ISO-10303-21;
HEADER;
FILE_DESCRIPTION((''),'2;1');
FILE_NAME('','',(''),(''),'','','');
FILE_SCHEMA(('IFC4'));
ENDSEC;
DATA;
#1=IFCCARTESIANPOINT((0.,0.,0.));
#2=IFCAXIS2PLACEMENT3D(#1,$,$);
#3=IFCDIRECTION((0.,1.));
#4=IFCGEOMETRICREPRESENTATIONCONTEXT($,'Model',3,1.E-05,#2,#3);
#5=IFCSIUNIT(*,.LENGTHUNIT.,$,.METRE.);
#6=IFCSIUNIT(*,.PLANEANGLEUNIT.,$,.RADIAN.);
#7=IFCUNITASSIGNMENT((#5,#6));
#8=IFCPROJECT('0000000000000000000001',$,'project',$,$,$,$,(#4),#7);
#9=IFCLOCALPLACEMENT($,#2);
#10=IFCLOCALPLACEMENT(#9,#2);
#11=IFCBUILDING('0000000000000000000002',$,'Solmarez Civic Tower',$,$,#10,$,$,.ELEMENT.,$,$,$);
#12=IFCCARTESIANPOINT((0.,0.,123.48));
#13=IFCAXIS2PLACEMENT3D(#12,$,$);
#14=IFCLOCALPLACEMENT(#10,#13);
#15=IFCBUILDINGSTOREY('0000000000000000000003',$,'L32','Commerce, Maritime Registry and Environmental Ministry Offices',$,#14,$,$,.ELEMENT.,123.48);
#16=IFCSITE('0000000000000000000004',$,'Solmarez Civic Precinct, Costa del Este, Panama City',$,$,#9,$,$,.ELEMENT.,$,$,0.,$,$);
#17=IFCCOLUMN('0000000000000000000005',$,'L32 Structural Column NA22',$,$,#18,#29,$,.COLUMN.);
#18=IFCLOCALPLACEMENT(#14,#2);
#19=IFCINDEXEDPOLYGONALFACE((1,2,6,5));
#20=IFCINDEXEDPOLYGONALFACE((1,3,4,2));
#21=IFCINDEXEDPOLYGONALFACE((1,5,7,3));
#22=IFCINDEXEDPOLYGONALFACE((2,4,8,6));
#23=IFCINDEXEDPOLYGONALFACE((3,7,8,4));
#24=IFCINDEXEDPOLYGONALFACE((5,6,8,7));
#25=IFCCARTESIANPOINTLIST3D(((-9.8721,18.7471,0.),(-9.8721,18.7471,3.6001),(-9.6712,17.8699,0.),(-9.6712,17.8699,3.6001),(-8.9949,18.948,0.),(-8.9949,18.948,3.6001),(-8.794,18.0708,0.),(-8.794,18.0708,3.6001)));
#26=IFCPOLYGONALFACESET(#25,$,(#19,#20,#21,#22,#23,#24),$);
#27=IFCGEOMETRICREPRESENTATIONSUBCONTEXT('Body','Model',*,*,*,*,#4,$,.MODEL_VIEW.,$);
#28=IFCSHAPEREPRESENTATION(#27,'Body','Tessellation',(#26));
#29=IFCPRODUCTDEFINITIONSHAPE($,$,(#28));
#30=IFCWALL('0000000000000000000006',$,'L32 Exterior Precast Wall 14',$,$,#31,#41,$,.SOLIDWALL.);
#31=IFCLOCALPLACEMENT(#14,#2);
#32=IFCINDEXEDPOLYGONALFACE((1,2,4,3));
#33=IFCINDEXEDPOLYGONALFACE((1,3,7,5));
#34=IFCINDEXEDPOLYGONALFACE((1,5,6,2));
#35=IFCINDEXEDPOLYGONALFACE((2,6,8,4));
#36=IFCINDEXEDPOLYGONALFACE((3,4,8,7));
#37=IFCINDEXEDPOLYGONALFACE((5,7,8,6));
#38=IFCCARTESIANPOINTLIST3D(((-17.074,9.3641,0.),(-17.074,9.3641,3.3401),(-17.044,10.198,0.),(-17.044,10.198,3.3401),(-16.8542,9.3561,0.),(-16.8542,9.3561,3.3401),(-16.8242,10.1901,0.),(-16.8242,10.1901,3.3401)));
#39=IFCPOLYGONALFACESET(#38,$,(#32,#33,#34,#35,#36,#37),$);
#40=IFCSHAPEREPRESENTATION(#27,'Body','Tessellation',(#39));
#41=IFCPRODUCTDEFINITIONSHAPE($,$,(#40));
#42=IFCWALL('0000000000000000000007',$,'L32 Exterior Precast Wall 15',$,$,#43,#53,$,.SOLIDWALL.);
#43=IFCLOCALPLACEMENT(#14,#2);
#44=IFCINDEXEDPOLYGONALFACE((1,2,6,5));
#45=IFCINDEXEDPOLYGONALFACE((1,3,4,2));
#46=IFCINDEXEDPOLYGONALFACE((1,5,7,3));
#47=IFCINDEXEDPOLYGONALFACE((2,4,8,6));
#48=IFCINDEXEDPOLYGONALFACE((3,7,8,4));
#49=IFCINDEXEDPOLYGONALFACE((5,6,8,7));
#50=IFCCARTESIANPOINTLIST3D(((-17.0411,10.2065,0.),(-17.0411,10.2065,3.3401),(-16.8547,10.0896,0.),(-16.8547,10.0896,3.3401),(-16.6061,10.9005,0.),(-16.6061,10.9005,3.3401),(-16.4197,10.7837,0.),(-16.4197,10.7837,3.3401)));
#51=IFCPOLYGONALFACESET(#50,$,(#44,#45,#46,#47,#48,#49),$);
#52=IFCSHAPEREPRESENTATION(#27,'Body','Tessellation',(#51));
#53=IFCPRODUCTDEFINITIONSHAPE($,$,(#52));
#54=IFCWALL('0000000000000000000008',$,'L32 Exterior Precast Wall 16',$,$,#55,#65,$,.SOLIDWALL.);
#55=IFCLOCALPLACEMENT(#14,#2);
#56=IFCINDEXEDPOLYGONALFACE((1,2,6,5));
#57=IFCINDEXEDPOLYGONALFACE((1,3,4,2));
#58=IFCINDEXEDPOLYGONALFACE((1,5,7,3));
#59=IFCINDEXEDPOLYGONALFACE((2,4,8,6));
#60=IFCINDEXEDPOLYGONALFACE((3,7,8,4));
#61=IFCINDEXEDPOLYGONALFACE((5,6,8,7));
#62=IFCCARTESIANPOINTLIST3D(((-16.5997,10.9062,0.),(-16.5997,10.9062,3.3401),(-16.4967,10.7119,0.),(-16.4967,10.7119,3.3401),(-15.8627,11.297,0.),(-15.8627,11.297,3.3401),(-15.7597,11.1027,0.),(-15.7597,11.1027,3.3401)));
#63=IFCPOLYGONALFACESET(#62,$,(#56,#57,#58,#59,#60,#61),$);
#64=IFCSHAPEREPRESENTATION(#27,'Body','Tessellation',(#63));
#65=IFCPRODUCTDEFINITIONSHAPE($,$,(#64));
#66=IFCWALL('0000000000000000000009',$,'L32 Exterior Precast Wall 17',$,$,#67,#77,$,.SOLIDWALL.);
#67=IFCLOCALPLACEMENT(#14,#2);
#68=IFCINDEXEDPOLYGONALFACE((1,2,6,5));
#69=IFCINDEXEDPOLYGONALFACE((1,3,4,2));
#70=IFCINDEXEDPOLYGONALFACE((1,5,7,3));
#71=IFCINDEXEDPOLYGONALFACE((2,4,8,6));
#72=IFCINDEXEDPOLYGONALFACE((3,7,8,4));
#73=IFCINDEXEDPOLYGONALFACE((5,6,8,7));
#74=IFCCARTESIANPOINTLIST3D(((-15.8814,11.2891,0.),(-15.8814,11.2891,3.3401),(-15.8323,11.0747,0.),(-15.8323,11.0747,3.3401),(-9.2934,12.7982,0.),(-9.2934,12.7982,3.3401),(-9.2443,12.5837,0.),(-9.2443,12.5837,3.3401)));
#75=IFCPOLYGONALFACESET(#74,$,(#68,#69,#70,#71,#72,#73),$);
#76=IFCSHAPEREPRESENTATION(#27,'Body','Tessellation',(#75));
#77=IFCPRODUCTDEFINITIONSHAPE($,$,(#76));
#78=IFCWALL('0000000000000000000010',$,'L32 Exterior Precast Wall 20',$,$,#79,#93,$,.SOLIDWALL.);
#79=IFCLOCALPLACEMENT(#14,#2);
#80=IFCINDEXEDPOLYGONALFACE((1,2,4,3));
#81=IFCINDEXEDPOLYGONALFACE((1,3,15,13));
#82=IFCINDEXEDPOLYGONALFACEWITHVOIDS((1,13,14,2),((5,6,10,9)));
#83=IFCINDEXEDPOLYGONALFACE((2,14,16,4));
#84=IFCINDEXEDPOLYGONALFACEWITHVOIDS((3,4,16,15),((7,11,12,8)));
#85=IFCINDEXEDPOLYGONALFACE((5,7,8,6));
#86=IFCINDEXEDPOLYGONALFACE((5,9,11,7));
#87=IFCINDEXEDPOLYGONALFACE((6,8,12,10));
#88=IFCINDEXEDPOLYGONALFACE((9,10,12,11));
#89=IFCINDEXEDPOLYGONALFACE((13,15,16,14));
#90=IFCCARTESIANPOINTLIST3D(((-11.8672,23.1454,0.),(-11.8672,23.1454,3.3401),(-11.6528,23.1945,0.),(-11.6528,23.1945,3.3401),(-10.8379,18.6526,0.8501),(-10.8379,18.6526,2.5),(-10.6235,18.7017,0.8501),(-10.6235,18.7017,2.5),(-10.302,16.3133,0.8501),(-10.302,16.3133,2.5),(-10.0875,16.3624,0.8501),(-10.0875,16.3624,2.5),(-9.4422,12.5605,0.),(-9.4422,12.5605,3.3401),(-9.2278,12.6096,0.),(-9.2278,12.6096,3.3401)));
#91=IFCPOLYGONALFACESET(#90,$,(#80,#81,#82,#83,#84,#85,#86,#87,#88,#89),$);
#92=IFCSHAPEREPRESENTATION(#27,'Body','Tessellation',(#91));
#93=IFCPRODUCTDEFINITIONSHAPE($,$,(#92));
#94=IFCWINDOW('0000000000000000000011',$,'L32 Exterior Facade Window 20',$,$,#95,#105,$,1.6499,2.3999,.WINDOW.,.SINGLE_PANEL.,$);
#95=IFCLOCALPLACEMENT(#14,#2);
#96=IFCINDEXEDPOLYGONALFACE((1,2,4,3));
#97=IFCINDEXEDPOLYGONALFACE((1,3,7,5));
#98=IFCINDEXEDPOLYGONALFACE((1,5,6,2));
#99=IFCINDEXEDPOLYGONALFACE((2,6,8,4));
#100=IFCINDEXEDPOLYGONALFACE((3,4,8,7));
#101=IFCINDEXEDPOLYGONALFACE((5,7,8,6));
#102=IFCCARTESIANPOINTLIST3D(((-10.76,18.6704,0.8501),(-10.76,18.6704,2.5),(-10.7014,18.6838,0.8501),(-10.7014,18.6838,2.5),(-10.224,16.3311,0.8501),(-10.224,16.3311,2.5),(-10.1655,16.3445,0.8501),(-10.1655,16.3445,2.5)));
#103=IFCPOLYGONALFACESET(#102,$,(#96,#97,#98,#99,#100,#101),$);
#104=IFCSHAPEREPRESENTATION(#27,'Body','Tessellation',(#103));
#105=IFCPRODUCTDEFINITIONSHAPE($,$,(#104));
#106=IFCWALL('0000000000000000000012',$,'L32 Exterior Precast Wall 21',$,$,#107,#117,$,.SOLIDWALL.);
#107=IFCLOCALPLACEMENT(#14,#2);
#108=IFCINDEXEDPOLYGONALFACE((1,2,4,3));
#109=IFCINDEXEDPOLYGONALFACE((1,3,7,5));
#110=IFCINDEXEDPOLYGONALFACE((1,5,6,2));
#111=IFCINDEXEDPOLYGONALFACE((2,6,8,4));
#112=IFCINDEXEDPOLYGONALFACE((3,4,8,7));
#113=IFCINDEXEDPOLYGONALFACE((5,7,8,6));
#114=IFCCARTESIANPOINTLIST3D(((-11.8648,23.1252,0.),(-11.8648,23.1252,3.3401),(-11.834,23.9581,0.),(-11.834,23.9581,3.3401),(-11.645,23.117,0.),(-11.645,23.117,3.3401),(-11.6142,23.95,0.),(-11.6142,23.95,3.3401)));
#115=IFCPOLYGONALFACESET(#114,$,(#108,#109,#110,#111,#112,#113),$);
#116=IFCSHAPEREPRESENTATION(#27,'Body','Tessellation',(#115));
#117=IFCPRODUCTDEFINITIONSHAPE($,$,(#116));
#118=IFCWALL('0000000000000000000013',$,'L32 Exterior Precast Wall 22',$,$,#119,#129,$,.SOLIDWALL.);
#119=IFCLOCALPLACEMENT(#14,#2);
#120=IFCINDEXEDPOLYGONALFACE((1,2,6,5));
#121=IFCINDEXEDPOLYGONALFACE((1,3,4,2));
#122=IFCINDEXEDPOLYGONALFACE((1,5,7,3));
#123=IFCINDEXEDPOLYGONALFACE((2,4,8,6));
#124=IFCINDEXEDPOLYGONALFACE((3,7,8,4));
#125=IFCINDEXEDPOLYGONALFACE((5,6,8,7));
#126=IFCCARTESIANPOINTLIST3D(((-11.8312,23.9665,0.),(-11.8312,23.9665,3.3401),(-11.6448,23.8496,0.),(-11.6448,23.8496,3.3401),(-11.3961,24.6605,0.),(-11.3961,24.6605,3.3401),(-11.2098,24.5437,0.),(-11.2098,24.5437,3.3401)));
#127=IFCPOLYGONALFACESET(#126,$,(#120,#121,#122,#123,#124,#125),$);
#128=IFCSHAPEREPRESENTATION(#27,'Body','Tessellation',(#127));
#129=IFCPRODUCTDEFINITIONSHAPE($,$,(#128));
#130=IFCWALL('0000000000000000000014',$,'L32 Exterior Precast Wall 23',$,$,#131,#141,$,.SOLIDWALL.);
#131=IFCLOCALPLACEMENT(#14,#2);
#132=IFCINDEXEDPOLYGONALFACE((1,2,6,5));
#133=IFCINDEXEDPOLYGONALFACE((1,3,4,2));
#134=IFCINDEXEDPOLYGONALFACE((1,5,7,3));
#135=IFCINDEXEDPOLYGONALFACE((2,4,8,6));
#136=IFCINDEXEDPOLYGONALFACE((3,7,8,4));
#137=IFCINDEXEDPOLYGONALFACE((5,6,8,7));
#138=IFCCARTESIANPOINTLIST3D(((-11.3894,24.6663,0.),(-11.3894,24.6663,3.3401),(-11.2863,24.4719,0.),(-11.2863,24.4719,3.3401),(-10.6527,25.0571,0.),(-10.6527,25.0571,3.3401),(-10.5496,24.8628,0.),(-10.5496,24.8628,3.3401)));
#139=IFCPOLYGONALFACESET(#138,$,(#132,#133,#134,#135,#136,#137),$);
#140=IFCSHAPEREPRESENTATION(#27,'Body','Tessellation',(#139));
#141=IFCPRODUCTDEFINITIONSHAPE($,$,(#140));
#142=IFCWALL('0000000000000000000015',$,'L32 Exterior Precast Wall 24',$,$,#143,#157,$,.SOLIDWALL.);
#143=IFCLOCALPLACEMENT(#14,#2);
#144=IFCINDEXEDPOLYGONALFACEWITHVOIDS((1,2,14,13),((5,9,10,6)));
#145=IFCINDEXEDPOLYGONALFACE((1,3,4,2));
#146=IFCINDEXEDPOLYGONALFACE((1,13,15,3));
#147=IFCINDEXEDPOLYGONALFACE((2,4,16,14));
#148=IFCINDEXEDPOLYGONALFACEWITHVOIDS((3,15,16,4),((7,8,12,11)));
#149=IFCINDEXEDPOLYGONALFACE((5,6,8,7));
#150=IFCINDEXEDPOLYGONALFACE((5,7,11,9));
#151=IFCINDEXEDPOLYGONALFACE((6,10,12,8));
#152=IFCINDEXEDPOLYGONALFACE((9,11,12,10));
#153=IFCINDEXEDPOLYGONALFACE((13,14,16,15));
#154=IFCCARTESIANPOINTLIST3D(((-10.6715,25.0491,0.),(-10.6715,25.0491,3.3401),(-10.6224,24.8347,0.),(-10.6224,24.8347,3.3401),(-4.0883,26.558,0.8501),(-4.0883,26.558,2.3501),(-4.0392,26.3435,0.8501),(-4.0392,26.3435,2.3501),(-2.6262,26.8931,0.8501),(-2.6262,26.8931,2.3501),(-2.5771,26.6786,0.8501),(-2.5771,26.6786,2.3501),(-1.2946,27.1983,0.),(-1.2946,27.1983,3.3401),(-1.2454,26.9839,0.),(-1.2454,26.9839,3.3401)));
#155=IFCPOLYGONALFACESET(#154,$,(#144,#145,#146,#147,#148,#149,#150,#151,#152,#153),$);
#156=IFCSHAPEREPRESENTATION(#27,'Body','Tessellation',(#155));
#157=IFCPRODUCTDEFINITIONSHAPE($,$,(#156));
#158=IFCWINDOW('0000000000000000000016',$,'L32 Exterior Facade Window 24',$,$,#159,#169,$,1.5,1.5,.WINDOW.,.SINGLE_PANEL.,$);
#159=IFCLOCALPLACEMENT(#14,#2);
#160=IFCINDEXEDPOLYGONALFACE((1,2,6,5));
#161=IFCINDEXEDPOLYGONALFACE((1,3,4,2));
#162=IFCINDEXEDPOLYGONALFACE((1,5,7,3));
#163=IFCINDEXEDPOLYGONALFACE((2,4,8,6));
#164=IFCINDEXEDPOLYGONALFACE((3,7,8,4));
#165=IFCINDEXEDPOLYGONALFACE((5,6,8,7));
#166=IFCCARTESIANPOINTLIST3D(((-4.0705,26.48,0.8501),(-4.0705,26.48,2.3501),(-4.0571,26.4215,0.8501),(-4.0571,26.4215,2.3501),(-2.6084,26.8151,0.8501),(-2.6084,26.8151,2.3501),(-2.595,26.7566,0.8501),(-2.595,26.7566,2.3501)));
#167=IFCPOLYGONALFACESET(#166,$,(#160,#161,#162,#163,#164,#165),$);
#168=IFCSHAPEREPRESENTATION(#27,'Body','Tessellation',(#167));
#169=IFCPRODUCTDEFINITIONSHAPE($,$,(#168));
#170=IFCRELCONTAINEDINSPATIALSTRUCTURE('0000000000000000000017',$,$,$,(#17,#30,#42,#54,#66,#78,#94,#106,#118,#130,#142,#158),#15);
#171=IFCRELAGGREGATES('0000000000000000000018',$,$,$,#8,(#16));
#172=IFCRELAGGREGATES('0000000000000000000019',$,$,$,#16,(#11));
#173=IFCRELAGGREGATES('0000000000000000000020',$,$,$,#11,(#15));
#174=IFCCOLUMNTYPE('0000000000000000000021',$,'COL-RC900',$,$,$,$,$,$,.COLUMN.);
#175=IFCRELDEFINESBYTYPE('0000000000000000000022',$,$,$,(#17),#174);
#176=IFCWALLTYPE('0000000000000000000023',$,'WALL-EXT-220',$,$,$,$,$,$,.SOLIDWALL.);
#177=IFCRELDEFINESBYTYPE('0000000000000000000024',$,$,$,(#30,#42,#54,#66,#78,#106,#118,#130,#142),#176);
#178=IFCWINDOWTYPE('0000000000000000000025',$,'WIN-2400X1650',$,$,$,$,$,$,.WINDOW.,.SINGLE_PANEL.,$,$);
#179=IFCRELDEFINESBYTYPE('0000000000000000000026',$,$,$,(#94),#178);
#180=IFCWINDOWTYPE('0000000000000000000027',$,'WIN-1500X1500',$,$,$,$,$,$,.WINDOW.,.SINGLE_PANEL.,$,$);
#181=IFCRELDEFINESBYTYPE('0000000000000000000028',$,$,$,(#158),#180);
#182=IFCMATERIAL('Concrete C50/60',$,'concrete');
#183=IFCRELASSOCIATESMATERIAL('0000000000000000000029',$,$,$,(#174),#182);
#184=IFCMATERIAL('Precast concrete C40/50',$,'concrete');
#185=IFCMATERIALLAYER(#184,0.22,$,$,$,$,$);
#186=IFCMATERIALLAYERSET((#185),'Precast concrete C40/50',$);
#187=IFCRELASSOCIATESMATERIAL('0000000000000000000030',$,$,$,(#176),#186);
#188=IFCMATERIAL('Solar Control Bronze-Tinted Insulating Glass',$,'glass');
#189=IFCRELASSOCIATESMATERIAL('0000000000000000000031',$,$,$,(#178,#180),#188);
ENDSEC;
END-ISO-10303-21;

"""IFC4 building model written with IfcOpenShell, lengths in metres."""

from ifc_helpers import new_model, si_unit, direction, frame, frame_2d, origin, origin_2d, place, context, subcontext, project, spatial, rectangle, extrude, material, layer, layer_set, material_profile, profile_set, type_object, element, fill, save


model = new_model("IFC4")

# Units and contexts
model_context = context("Model", 3, precision=1e-05, world=origin(), true_north=direction((0.0, 1.0)))
body_context = subcontext(model_context, "Body", "Model", "MODEL_VIEW")
ifc_project = project(units=[si_unit("LENGTHUNIT", "METRE"), si_unit("PLANEANGLEUNIT", "RADIAN")], contexts=[model_context])

# Site, building, storey
site_placement = place(None, origin())
site = spatial("IfcSite", under=ifc_project, at=site_placement, Name="Solmarez Civic Precinct, Costa del Este, Panama City", CompositionType="ELEMENT", RefElevation=0.0)
building_placement = place(site_placement, origin())
building = spatial("IfcBuilding", under=site, at=building_placement, Name="Solmarez Civic Tower", CompositionType="ELEMENT")
storey_placement = place(building_placement, frame((0.0, 0.0, 123.48)))
storey = spatial("IfcBuildingStorey", under=building, at=storey_placement, Name="L32", Description="Commerce, Maritime Registry and Environmental Ministry Offices", CompositionType="ELEMENT", Elevation=123.48)

# Column
ifc_material_1 = material(Name="Concrete C50/60", Category="concrete")
ifc_material_profile = material_profile(ifc_material_1, rectangle(XDim=0.8999, YDim=0.8999, at=origin_2d()), Name="RC900X900")
ifc_profile_set = profile_set([ifc_material_profile], Name="Concrete C50/60")
column_type = type_object("IfcColumnType", Name="COL-RC900", PredefinedType="COLUMN", material=ifc_profile_set)
column_placement = place(storey_placement, frame((-9.333, 18.4089, 0.0), z_axis=(0.0, 0.0, 1.0), x_axis=(0.974761, 0.22325, 0.0)))
element("IfcColumn", 1, at=column_placement, inside=storey, type_object=column_type, Name="L32 Structural Column NA22", PredefinedType="COLUMN", context=body_context, shape_type="SweptSolid", body=[
    extrude(rectangle(XDim=0.8999, YDim=0.8999, at=origin_2d()), origin(), (0.0, 0.0, 1.0), 3.6001),
])

# Walls
ifc_material_2 = material(Name="Precast concrete C40/50", Category="concrete")
ifc_layer_1 = layer(ifc_material_2, 0.22)
ifc_layer_set_1 = layer_set([ifc_layer_1], Name="Precast concrete C40/50")
wall_type_1 = type_object("IfcWallType", Name="WALL-EXT-220", PredefinedType="SOLIDWALL", material=ifc_layer_set_1)
wall_1_placement = place(storey_placement, frame((-16.9641, 9.3601, 0.0), z_axis=(0.0, 0.0, 1.0), x_axis=(0.035984, 0.999352, 0.0)))
element("IfcWall", 2, at=wall_1_placement, inside=storey, type_object=wall_type_1, Name="L32 Exterior Precast Wall 14", PredefinedType="SOLIDWALL", context=body_context, shape_type="SweptSolid", body=[
    extrude(rectangle(XDim=0.8345, YDim=0.22, at=frame_2d((0.4172, 0.0))), origin(), (0.0, 0.0, 1.0), 3.3401),
])
wall_2_placement = place(storey_placement, frame((-16.948, 10.1479, 0.0), z_axis=(0.0, 0.0, 1.0), x_axis=(0.531097, 0.847311, 0.0)))
element("IfcWall", 3, at=wall_2_placement, inside=storey, type_object=wall_type_1, Name="L32 Exterior Precast Wall 15", PredefinedType="SOLIDWALL", context=body_context, shape_type="SweptSolid", body=[
    extrude(rectangle(XDim=0.8191, YDim=0.22, at=frame_2d((0.4097, 0.0))), origin(), (0.0, 0.0, 1.0), 3.3401),
])
wall_3_placement = place(storey_placement, frame((-16.5481, 10.8091, 0.0), z_axis=(0.0, 0.0, 1.0), x_axis=(0.88346, 0.468506, 0.0)))
element("IfcWall", 4, at=wall_3_placement, inside=storey, type_object=wall_type_1, Name="L32 Exterior Precast Wall 16", PredefinedType="SOLIDWALL", context=body_context, shape_type="SweptSolid", body=[
    extrude(rectangle(XDim=0.8342, YDim=0.22, at=frame_2d((0.417, 0.0))), origin(), (0.0, 0.0, 1.0), 3.3401),
])
wall_4_placement = place(storey_placement, frame((-15.8569, 11.1819, 0.0), z_axis=(0.0, 0.0, 1.0), x_axis=(0.974755, 0.223279, 0.0)))
element("IfcWall", 5, at=wall_4_placement, inside=storey, type_object=wall_type_1, Name="L32 Exterior Precast Wall 17", PredefinedType="SOLIDWALL", context=body_context, shape_type="SweptSolid", body=[
    extrude(rectangle(XDim=6.7585, YDim=0.22, at=frame_2d((3.3794, 0.0))), origin(), (0.0, 0.0, 1.0), 3.3401),
])

# Wall, opening, window
wall_5_placement = place(storey_placement, frame((-9.335, 12.585, 0.0), z_axis=(0.0, 0.0, 1.0), x_axis=(-0.223317, 0.974746, 0.0)))
wall_5 = element("IfcWall", 6, at=wall_5_placement, inside=storey, type_object=wall_type_1, Name="L32 Exterior Precast Wall 20", PredefinedType="SOLIDWALL", context=body_context, shape_type="SweptSolid", body=[
    extrude(rectangle(XDim=10.8591, YDim=0.22, at=frame_2d((5.4297, 0.0))), origin(), (0.0, 0.0, 1.0), 3.3401),
])
opening_1_placement = place(wall_5_placement, frame((3.8501, 0.0, 0.8501)))
opening_1 = element("IfcOpeningElement", 7, at=opening_1_placement, cuts=wall_5, PredefinedType="OPENING", context=body_context, shape_type="SweptSolid", body=[
    extrude(rectangle(XDim=2.3999, YDim=1.6499, at=frame_2d((1.2, 0.825))), frame((0.0, 0.1199, 0.0), z_axis=(0.0, -1.0, 0.0), x_axis=(1.0, 0.0, 0.0)), (0.0, 0.0, 1.0), 0.24),
])
ifc_material_3 = material(Name="Solar Control Bronze-Tinted Insulating Glass", Category="glass")
window_type_1 = type_object("IfcWindowType", Name="WIN-2400X1650", PartitioningType="SINGLE_PANEL", PredefinedType="WINDOW", material=ifc_material_3)
window_1_placement = place(opening_1_placement, origin())
window_1 = element("IfcWindow", 8, at=window_1_placement, inside=storey, type_object=window_type_1, Name="L32 Exterior Facade Window 20", OverallHeight=1.6499, OverallWidth=2.3999, PartitioningType="SINGLE_PANEL", PredefinedType="WINDOW", context=body_context, shape_type="SweptSolid", body=[
    extrude(rectangle(XDim=2.3999, YDim=1.6499, at=frame_2d((1.2, 0.825))), frame((0.0, 0.03, 0.0), z_axis=(0.0, -1.0, 0.0), x_axis=(1.0, 0.0, 0.0)), (0.0, 0.0, 1.0), 0.0601),
])
fill(opening_1, window_1)

# Walls
wall_6_placement = place(storey_placement, frame((-11.7549, 23.1211, 0.0), z_axis=(0.0, 0.0, 1.0), x_axis=(0.036903, 0.999319, 0.0)))
element("IfcWall", 9, at=wall_6_placement, inside=storey, type_object=wall_type_1, Name="L32 Exterior Precast Wall 21", PredefinedType="SOLIDWALL", context=body_context, shape_type="SweptSolid", body=[
    extrude(rectangle(XDim=0.8335, YDim=0.22, at=frame_2d((0.4167, 0.0))), origin(), (0.0, 0.0, 1.0), 3.3401),
])
wall_7_placement = place(storey_placement, frame((-11.738, 23.908, 0.0), z_axis=(0.0, 0.0, 1.0), x_axis=(0.531097, 0.847311, 0.0)))
element("IfcWall", 10, at=wall_7_placement, inside=storey, type_object=wall_type_1, Name="L32 Exterior Precast Wall 22", PredefinedType="SOLIDWALL", context=body_context, shape_type="SweptSolid", body=[
    extrude(rectangle(XDim=0.8191, YDim=0.22, at=frame_2d((0.4097, 0.0))), origin(), (0.0, 0.0, 1.0), 3.3401),
])
wall_8_placement = place(storey_placement, frame((-11.3379, 24.5691, 0.0), z_axis=(0.0, 0.0, 1.0), x_axis=(0.883396, 0.468627, 0.0)))
element("IfcWall", 11, at=wall_8_placement, inside=storey, type_object=wall_type_1, Name="L32 Exterior Precast Wall 23", PredefinedType="SOLIDWALL", context=body_context, shape_type="SweptSolid", body=[
    extrude(rectangle(XDim=0.834, YDim=0.22, at=frame_2d((0.417, 0.0))), origin(), (0.0, 0.0, 1.0), 3.3401),
])

# Wall, opening, window
wall_9_placement = place(storey_placement, frame((-10.647, 24.9419, 0.0), z_axis=(0.0, 0.0, 1.0), x_axis=(0.974726, 0.223404, 0.0)))
wall_9 = element("IfcWall", 12, at=wall_9_placement, inside=storey, type_object=wall_type_1, Name="L32 Exterior Precast Wall 24", PredefinedType="SOLIDWALL", context=body_context, shape_type="SweptSolid", body=[
    extrude(rectangle(XDim=9.6201, YDim=0.22, at=frame_2d((4.8101, 0.0))), origin(), (0.0, 0.0, 1.0), 3.3401),
])
opening_2_placement = place(wall_9_placement, frame((6.7539, 0.0, 0.8501)))
opening_2 = element("IfcOpeningElement", 13, at=opening_2_placement, cuts=wall_9, PredefinedType="OPENING", context=body_context, shape_type="SweptSolid", body=[
    extrude(rectangle(XDim=1.5, YDim=1.5, at=frame_2d((0.75, 0.75))), frame((0.0, 0.1199, 0.0), z_axis=(0.0, -1.0, 0.0), x_axis=(1.0, 0.0, 0.0)), (0.0, 0.0, 1.0), 0.24),
])
window_type_2 = type_object("IfcWindowType", Name="WIN-1500X1500", PartitioningType="SINGLE_PANEL", PredefinedType="WINDOW", material=ifc_material_3)
window_2_placement = place(opening_2_placement, origin())
window_2 = element("IfcWindow", 14, at=window_2_placement, inside=storey, type_object=window_type_2, Name="L32 Exterior Facade Window 24", OverallHeight=1.5, OverallWidth=1.5, PartitioningType="SINGLE_PANEL", PredefinedType="WINDOW", context=body_context, shape_type="SweptSolid", body=[
    extrude(rectangle(XDim=1.5, YDim=1.5, at=frame_2d((0.75, 0.75))), frame((0.0, 0.03, 0.0), z_axis=(0.0, -1.0, 0.0), x_axis=(1.0, 0.0, 0.0)), (0.0, 0.0, 1.0), 0.0601),
])
fill(opening_2, window_2)

save(model, "model.ifc")
